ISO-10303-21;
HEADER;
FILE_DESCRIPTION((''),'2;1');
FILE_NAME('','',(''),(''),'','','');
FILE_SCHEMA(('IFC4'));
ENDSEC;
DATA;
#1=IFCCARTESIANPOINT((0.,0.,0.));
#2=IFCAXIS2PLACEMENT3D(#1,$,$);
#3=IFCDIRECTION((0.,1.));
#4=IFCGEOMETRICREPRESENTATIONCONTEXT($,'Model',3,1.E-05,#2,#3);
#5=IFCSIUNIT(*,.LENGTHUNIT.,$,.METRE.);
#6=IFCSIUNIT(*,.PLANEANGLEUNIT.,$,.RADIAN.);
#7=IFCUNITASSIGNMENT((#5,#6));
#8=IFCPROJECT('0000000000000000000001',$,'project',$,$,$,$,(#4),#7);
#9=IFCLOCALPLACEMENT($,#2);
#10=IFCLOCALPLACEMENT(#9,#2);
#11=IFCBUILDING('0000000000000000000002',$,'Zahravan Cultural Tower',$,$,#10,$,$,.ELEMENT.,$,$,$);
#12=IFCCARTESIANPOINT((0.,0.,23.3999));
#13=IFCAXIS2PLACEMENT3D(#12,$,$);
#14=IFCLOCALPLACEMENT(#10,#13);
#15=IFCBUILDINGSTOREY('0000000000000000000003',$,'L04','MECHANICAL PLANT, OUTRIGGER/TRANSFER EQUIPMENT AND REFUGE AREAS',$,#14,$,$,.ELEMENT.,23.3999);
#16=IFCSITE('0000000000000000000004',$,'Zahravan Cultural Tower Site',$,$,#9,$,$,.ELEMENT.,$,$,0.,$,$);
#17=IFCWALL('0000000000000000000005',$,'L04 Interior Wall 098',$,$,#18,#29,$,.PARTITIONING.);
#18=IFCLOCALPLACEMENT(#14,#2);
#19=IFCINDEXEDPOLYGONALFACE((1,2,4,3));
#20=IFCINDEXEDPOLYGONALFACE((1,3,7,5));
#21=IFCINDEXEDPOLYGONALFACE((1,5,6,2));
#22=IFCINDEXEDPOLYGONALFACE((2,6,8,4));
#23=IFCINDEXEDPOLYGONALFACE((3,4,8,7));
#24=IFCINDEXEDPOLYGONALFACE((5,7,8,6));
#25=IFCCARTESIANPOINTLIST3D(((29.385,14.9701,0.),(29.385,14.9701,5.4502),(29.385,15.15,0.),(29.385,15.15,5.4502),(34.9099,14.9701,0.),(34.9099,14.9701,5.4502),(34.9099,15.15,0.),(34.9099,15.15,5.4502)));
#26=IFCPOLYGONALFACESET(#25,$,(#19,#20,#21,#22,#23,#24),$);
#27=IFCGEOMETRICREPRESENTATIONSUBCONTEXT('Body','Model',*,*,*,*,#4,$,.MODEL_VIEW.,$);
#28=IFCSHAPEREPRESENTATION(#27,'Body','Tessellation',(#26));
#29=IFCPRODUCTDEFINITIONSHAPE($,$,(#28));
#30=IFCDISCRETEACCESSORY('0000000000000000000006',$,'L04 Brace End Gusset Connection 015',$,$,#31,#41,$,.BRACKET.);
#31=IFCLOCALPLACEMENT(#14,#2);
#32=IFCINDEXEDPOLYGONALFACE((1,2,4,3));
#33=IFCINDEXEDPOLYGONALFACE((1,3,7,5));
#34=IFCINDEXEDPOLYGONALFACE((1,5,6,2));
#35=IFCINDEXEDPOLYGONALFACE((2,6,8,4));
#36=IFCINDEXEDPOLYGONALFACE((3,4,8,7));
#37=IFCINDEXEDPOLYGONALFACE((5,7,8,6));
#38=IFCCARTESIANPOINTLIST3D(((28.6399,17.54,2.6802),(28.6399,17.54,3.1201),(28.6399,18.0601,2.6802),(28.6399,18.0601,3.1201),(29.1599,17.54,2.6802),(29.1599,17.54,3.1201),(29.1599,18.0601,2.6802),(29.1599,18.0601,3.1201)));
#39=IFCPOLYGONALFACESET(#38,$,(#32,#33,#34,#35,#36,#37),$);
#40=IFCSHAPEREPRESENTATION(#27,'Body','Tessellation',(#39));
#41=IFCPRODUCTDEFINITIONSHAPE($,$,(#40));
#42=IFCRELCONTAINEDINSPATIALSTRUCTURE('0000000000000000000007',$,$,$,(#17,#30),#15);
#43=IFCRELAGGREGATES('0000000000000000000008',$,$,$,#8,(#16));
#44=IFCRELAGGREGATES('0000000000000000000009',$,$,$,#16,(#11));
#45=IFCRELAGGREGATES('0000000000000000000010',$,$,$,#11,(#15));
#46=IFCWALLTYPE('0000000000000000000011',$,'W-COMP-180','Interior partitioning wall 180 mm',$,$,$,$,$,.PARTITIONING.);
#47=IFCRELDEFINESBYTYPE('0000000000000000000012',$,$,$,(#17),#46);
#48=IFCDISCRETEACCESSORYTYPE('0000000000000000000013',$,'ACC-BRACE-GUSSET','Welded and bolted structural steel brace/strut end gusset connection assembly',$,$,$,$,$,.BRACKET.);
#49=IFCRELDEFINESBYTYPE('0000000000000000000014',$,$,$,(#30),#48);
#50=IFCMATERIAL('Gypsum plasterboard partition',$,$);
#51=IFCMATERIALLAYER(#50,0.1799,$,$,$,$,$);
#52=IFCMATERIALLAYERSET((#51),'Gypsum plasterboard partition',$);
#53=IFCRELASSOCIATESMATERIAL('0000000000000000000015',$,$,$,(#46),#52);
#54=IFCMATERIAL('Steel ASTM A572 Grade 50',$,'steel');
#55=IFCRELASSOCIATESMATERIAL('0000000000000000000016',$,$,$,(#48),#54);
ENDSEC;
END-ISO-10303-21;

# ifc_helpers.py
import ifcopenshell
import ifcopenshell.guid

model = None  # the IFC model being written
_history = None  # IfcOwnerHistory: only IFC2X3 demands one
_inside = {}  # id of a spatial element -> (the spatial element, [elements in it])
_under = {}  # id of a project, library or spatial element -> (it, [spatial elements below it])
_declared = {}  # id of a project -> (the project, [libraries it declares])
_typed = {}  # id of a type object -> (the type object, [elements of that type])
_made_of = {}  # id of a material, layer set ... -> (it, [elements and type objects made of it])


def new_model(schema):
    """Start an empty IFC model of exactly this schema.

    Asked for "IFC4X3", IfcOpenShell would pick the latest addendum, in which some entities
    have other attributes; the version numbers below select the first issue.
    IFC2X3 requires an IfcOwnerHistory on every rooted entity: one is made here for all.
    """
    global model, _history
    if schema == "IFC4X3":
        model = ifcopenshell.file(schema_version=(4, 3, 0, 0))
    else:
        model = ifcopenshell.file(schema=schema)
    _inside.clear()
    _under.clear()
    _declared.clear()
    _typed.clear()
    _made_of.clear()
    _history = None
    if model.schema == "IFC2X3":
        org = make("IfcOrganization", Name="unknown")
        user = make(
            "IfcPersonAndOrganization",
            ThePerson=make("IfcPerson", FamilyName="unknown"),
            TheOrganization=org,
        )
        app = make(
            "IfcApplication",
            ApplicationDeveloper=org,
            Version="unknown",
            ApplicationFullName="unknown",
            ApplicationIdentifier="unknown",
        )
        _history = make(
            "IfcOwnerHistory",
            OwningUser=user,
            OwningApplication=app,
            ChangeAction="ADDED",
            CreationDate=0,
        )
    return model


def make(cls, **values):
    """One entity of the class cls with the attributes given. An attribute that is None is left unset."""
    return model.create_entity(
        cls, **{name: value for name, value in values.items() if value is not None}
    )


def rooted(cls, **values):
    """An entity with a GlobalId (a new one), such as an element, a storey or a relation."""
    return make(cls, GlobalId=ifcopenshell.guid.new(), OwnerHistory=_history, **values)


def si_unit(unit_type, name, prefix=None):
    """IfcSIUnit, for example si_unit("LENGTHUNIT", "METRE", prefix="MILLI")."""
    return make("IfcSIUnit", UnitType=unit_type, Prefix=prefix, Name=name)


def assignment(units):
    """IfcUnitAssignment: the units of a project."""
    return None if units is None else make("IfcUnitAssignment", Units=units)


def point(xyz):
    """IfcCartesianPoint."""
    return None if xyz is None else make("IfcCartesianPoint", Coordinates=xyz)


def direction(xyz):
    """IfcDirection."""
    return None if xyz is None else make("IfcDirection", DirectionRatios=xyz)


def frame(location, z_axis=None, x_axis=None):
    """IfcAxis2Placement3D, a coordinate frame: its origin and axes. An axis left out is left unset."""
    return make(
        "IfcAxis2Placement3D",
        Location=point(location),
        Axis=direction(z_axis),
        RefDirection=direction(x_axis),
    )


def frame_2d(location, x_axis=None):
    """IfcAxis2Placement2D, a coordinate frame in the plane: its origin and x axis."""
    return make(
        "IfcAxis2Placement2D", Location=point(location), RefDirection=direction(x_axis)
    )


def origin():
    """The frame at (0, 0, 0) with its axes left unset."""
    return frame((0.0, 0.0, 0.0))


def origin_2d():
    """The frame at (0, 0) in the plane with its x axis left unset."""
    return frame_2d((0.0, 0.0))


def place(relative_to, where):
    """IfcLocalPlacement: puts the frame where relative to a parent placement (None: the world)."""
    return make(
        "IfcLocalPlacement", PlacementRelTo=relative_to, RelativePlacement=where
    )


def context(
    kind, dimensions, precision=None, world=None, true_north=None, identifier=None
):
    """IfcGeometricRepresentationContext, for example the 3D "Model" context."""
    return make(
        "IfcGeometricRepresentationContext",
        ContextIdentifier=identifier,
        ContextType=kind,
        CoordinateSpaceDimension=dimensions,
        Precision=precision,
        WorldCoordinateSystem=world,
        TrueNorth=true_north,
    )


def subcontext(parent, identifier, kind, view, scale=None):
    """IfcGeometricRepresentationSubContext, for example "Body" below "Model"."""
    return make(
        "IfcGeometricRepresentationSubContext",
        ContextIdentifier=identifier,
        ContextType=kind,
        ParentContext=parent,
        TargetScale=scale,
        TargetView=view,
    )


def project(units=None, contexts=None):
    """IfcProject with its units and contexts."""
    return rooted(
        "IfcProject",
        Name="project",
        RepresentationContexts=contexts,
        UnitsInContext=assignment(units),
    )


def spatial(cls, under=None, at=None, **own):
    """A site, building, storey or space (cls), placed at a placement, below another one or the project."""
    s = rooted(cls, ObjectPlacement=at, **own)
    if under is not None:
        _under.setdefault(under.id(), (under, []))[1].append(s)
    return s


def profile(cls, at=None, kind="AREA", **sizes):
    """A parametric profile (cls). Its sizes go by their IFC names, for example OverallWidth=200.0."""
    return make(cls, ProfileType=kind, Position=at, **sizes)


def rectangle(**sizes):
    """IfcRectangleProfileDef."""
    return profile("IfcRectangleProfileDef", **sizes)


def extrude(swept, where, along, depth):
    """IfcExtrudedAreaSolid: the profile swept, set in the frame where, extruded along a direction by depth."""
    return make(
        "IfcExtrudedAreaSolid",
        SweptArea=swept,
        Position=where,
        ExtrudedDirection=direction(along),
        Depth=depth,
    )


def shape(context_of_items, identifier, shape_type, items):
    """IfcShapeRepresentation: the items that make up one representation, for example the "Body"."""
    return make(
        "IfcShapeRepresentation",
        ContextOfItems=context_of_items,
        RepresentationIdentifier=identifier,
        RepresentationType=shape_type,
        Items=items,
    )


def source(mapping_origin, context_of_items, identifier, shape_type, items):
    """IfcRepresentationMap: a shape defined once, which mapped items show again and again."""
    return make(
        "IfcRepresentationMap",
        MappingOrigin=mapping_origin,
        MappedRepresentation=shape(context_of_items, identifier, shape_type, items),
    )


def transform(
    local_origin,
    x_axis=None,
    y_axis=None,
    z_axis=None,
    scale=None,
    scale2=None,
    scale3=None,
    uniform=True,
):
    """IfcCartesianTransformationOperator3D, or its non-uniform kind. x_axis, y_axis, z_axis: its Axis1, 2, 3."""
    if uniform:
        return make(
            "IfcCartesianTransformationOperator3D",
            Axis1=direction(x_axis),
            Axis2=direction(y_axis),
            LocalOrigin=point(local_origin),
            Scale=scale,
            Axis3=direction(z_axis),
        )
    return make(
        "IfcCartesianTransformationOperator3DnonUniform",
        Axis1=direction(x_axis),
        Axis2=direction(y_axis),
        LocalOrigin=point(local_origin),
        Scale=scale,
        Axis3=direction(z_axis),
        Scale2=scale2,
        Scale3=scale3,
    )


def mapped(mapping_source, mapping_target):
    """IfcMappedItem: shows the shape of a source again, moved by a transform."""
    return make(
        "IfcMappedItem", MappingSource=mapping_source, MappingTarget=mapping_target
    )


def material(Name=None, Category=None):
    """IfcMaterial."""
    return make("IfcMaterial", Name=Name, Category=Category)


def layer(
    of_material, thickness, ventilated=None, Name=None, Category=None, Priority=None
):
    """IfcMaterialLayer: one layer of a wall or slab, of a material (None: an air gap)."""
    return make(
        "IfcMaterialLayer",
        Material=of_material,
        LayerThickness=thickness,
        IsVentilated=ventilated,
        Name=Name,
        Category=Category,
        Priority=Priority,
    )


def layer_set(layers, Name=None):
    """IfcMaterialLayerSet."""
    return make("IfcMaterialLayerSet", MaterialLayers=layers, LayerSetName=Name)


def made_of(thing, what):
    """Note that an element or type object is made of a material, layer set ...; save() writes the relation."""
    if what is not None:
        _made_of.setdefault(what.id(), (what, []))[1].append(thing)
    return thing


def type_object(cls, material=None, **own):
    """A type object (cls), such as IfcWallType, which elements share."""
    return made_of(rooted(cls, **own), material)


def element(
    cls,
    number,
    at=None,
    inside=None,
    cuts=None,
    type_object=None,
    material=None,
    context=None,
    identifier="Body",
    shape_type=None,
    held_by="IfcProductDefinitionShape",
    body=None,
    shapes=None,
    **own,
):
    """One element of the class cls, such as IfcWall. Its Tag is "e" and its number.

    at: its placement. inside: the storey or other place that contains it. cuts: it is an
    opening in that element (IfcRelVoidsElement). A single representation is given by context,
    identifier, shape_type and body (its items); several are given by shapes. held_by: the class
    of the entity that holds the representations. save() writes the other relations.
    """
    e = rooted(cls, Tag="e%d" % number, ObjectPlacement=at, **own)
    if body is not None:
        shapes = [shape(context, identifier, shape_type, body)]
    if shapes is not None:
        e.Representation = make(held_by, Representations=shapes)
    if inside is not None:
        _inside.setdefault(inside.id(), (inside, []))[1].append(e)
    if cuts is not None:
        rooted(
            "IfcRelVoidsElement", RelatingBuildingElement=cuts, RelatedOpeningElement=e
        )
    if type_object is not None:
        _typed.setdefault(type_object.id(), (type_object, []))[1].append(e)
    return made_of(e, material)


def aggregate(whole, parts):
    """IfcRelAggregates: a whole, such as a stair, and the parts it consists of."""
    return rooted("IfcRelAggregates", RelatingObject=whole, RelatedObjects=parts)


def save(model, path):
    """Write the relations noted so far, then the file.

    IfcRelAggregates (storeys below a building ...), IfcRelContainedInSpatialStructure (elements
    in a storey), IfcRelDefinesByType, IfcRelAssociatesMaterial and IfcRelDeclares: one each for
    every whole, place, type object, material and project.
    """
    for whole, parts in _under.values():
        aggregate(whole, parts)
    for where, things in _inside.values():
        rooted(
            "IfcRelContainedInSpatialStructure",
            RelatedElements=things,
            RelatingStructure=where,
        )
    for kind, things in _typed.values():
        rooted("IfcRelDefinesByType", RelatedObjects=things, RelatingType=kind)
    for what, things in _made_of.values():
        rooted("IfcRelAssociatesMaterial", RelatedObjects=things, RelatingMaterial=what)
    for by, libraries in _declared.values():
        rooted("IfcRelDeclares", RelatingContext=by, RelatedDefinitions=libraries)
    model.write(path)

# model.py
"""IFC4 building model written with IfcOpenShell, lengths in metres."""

from ifc_helpers import new_model, si_unit, direction, frame, frame_2d, origin, origin_2d, place, context, subcontext, project, spatial, rectangle, extrude, source, transform, mapped, material, layer, layer_set, type_object, element, save


model = new_model("IFC4")

# Units and contexts
model_context = context("Model", 3, precision=1e-05, world=origin(), true_north=direction((0.0, 1.0)))
body_context = subcontext(model_context, "Body", "Model", "MODEL_VIEW")
ifc_project = project(units=[si_unit("LENGTHUNIT", "METRE"), si_unit("PLANEANGLEUNIT", "RADIAN")], contexts=[model_context])

# Site, building, storey
site_placement = place(None, origin())
site = spatial("IfcSite", under=ifc_project, at=site_placement, Name="Zahravan Cultural Tower Site", CompositionType="ELEMENT", RefElevation=0.0)
building_placement = place(site_placement, origin())
building = spatial("IfcBuilding", under=site, at=building_placement, Name="Zahravan Cultural Tower", CompositionType="ELEMENT")
storey_placement = place(building_placement, frame((0.0, 0.0, 23.3999)))
storey = spatial("IfcBuildingStorey", under=building, at=storey_placement, Name="L04", Description="MECHANICAL PLANT, OUTRIGGER/TRANSFER EQUIPMENT AND REFUGE AREAS", CompositionType="ELEMENT", Elevation=23.3999)

# Shared definitions
ifc_material_1 = material(Name="Steel ASTM A572 Grade 50", Category="steel")

# Wall
ifc_material_2 = material(Name="Gypsum plasterboard partition")
ifc_layer_1 = layer(ifc_material_2, 0.1799)
ifc_layer_set_1 = layer_set([ifc_layer_1], Name="Gypsum plasterboard partition")
wall_type_1 = type_object("IfcWallType", Name="W-COMP-180", Description="Interior partitioning wall 180 mm", PredefinedType="PARTITIONING", material=ifc_layer_set_1)
shared_shape_1 = source(origin(), body_context, "Body", "SweptSolid", [
    extrude(rectangle(XDim=5.5249, YDim=0.1799, at=frame_2d((2.7625, 0.0))), origin(), (0.0, 0.0, 1.0), 5.4502),
])
wall_1_placement = place(storey_placement, frame((29.385, 15.0601, 0.0), z_axis=(0.0, 0.0, 1.0), x_axis=(1.0, 0.0, 0.0)))
element("IfcWall", 1, at=wall_1_placement, inside=storey, type_object=wall_type_1, Name="L04 Interior Wall 098", PredefinedType="PARTITIONING", context=body_context, shape_type="MappedRepresentation", body=[
    mapped(shared_shape_1, transform((0.0, 0.0, 0.0), x_axis=(1.0, 0.0, 0.0), y_axis=(0.0, 1.0, 0.0), z_axis=(0.0, 0.0, 1.0), scale=1.0)),
])

# Discrete accessory
discrete_accessory_type = type_object("IfcDiscreteAccessoryType", Name="ACC-BRACE-GUSSET", Description="Welded and bolted structural steel brace/strut end gusset connection assembly", PredefinedType="BRACKET", material=ifc_material_1)
shared_shape_2 = source(origin(), body_context, "Body", "SweptSolid", [
    extrude(rectangle(XDim=0.52, YDim=0.52, at=origin_2d()), origin(), (0.0, 0.0, 1.0), 0.4399),
])
discrete_accessory_placement = place(storey_placement, frame((28.8999, 17.8, 2.6802), z_axis=(0.0, 0.0, 1.0), x_axis=(1.0, 0.0, 0.0)))
element("IfcDiscreteAccessory", 2, at=discrete_accessory_placement, inside=storey, type_object=discrete_accessory_type, Name="L04 Brace End Gusset Connection 015", PredefinedType="BRACKET", context=body_context, shape_type="MappedRepresentation", body=[
    mapped(shared_shape_2, transform((0.0, 0.0, 0.0), x_axis=(1.0, 0.0, 0.0), y_axis=(0.0, 1.0, 0.0), z_axis=(0.0, 0.0, 1.0), scale=1.0)),
])

save(model, "model.ifc")
